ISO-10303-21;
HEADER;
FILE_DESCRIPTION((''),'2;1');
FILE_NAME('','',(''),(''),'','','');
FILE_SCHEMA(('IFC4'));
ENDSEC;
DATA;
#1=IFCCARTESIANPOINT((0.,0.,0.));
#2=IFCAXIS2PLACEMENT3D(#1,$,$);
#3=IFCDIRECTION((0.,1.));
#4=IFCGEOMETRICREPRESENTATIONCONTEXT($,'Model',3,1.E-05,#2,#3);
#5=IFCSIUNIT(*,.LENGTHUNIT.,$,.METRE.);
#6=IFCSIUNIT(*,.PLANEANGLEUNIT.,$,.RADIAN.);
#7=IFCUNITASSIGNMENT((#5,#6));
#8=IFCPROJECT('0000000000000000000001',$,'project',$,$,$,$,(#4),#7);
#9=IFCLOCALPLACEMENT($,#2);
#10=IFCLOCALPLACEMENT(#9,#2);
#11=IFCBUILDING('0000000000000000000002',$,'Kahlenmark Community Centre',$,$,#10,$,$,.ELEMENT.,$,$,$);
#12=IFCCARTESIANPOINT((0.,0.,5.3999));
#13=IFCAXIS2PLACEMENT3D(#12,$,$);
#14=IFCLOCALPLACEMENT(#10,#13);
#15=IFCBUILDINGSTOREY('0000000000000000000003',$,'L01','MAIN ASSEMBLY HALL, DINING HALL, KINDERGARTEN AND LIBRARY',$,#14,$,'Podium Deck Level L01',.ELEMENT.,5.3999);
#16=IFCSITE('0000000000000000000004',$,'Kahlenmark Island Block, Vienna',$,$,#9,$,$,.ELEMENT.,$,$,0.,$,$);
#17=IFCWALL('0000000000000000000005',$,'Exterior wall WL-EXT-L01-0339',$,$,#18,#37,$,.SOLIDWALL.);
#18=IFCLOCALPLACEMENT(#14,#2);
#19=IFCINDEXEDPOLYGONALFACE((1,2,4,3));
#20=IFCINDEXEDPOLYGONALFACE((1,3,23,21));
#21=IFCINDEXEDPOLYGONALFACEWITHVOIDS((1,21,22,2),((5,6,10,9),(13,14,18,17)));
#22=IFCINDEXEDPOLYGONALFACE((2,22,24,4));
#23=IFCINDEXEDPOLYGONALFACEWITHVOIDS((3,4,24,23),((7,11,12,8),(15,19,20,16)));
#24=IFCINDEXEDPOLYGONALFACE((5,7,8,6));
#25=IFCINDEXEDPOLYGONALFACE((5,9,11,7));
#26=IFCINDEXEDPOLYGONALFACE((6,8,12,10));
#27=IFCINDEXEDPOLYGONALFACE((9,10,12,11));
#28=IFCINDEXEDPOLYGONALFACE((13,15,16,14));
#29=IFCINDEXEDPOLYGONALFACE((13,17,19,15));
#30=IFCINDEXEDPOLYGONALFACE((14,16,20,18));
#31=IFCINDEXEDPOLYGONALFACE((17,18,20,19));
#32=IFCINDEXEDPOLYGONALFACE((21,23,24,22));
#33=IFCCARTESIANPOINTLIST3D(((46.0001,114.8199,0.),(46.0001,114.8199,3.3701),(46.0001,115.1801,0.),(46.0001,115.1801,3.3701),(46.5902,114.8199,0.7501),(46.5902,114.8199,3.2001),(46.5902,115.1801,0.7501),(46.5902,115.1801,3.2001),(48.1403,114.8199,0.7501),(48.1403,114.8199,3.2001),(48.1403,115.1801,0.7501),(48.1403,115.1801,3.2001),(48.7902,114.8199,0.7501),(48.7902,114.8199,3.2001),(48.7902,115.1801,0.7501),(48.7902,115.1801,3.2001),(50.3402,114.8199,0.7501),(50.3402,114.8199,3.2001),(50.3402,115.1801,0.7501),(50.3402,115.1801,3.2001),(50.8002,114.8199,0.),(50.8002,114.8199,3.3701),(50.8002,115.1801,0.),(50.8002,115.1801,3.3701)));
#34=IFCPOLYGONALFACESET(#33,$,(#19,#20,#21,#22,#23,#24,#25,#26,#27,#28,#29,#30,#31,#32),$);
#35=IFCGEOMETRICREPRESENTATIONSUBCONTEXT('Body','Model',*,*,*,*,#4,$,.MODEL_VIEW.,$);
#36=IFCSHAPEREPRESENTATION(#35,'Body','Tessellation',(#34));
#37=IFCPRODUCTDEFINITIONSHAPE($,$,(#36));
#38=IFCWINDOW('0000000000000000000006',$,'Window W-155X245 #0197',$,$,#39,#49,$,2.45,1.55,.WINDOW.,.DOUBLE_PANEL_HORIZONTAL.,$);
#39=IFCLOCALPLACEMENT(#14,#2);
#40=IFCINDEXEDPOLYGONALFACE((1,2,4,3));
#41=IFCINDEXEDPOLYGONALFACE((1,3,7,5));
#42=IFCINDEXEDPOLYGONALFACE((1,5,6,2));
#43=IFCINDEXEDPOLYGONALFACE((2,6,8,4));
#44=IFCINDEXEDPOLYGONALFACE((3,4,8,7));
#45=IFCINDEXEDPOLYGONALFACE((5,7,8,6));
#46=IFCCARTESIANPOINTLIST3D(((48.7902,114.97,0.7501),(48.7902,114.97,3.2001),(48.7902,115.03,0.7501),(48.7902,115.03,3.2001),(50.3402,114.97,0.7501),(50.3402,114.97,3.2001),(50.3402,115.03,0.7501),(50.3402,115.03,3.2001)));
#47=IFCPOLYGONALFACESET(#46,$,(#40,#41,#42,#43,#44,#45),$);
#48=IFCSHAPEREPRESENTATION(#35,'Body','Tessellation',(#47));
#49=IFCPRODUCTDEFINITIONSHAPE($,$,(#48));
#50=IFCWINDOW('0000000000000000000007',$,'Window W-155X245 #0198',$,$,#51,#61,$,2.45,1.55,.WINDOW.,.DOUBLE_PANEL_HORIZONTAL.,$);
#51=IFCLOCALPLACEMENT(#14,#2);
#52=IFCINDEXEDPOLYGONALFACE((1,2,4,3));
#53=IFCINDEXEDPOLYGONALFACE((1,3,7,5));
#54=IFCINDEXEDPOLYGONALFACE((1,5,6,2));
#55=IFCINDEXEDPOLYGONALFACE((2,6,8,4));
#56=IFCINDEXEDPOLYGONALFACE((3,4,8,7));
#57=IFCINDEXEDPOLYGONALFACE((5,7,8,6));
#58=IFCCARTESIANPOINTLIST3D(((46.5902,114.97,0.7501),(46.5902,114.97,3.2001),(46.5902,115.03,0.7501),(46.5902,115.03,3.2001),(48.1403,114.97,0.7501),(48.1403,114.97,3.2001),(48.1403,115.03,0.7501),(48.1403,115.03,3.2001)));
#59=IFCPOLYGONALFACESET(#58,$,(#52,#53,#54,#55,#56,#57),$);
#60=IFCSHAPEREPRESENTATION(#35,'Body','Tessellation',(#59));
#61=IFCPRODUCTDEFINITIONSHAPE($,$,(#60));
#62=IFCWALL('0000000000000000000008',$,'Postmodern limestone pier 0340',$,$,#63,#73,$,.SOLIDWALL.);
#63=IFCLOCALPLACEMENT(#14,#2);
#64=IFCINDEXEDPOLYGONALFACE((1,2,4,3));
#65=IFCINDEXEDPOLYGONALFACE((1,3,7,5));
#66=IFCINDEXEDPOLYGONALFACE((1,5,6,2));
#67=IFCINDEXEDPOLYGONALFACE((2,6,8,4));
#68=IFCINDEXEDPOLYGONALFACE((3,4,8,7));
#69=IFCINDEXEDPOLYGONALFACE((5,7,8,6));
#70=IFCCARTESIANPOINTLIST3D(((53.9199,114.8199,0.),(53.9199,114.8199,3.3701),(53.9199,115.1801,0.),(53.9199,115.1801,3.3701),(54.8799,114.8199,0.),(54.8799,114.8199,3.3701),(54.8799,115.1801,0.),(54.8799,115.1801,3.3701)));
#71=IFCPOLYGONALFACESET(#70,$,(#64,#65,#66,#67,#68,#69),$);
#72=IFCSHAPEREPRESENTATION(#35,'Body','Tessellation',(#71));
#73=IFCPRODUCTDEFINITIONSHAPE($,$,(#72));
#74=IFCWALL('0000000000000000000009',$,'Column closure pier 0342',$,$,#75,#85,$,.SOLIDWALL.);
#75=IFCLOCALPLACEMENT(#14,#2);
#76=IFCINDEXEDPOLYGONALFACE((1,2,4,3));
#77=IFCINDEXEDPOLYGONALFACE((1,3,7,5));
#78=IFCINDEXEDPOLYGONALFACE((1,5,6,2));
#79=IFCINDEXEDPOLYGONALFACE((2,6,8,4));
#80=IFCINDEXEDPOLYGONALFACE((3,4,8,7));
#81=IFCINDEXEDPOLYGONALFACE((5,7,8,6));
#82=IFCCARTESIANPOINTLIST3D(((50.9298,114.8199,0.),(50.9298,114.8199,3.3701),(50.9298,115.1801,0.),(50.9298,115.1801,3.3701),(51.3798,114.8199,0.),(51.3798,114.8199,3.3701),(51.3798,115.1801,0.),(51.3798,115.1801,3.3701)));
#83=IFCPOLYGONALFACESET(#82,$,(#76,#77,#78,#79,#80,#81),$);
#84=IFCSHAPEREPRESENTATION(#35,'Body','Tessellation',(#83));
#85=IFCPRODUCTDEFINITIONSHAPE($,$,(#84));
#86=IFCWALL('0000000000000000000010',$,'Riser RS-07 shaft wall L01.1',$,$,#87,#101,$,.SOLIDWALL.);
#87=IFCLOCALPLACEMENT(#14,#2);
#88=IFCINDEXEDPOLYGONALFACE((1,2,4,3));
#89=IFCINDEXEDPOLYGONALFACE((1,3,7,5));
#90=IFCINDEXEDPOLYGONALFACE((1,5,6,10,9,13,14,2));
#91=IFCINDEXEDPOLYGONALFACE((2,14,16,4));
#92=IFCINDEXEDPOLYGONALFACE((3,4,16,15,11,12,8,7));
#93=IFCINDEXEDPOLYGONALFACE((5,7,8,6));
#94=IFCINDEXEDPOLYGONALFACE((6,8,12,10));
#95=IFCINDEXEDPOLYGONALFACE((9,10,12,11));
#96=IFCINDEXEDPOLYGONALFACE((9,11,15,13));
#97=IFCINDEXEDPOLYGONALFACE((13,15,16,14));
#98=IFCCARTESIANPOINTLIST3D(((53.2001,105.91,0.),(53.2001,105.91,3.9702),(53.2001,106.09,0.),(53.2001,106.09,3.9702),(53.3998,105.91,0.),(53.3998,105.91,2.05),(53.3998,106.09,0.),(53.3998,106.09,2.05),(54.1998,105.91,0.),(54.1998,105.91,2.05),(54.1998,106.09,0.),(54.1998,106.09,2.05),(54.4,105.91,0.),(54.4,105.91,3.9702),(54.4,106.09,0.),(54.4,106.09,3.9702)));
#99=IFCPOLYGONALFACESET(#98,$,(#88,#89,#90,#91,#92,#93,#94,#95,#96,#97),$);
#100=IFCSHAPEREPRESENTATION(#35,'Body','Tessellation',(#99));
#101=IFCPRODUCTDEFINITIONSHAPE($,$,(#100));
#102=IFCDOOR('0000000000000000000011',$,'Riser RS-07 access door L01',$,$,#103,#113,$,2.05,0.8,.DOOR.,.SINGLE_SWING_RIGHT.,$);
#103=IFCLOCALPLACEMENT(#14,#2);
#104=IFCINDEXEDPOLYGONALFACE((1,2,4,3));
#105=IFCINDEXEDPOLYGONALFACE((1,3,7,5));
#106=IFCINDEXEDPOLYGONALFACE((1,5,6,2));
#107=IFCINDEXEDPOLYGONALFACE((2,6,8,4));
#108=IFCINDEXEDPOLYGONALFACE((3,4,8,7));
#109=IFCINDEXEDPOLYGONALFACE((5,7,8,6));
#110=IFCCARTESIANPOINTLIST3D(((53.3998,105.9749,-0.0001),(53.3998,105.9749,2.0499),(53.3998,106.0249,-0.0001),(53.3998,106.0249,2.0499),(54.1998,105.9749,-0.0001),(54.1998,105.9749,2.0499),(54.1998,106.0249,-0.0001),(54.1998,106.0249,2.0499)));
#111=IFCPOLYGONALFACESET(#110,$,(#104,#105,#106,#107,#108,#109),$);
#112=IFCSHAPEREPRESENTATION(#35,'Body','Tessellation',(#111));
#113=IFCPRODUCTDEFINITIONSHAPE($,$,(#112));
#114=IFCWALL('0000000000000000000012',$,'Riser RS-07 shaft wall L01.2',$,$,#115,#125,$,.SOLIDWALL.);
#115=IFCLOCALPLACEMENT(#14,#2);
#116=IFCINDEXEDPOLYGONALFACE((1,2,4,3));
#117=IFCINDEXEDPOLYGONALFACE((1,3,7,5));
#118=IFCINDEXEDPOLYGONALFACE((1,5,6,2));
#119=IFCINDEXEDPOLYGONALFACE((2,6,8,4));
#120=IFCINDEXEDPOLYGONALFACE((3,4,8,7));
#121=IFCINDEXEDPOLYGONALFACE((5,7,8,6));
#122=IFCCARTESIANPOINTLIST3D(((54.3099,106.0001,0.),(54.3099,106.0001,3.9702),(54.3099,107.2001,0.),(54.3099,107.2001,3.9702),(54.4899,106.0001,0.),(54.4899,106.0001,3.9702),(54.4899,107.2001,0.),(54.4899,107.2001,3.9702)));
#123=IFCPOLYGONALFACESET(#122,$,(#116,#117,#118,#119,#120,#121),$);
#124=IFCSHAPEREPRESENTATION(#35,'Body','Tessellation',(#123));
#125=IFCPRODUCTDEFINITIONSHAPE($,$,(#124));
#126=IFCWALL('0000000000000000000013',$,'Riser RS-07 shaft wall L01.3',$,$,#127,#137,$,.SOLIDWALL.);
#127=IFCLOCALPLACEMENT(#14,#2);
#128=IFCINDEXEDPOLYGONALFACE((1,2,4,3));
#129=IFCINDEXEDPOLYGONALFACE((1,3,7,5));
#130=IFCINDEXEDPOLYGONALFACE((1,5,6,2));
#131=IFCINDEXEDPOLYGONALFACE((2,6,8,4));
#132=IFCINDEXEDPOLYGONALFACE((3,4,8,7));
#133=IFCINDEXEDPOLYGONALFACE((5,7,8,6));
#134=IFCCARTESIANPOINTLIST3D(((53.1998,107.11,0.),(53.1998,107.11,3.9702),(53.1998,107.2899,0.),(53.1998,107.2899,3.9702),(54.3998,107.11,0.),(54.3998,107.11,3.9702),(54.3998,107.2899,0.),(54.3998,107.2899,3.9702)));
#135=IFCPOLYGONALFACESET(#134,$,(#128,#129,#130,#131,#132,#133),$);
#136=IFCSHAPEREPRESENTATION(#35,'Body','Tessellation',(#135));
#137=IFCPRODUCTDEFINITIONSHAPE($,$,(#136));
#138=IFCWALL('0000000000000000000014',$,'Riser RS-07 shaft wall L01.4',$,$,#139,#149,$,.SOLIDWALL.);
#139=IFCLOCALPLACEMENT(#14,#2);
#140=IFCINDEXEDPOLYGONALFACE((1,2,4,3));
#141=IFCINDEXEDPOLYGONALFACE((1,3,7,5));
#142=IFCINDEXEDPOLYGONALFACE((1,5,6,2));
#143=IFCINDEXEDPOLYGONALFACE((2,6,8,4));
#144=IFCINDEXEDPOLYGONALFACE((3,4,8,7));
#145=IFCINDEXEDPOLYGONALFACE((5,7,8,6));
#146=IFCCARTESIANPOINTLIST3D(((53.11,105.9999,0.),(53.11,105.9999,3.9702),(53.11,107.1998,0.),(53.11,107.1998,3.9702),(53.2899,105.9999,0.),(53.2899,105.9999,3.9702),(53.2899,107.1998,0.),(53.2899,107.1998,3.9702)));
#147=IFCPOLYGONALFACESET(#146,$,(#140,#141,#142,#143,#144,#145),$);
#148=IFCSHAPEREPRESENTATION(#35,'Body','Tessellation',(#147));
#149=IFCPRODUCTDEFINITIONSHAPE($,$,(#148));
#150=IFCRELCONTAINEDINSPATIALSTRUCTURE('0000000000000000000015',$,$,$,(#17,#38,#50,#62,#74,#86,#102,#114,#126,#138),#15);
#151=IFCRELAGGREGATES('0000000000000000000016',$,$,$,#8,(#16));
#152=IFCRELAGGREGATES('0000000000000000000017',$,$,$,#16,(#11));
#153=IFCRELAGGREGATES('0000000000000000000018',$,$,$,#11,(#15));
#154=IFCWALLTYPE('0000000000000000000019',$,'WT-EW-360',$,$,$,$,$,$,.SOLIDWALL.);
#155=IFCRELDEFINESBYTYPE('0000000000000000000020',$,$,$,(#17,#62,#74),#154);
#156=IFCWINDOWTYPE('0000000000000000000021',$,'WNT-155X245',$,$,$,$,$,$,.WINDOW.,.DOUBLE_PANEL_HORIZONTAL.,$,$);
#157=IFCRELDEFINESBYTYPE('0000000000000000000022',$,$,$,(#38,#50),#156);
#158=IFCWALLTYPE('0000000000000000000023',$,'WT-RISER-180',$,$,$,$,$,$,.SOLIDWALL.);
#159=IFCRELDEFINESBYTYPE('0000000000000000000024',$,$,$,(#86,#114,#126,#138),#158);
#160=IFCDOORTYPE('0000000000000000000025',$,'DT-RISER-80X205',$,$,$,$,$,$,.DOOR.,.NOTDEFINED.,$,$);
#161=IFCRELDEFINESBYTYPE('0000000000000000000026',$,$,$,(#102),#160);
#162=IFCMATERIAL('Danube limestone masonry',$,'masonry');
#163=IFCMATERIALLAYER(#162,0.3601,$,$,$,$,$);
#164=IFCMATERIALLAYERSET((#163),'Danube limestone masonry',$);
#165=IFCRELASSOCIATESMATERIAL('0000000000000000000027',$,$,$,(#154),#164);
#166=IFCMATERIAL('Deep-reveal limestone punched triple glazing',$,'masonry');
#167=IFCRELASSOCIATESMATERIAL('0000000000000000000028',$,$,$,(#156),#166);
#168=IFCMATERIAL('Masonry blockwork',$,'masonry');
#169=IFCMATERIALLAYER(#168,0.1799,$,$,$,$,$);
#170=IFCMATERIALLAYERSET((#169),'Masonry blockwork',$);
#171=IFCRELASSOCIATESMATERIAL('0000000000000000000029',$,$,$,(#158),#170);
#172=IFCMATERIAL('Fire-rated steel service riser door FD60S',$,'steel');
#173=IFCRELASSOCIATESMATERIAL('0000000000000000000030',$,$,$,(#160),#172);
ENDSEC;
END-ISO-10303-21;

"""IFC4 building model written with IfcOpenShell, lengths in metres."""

from ifc_helpers import new_model, si_unit, direction, frame, frame_2d, origin, place, context, subcontext, project, spatial, rectangle, extrude, material, layer, layer_set, type_object, element, fill, save


model = new_model("IFC4")

# Units and contexts
model_context = context("Model", 3, precision=1e-05, world=origin(), true_north=direction((0.0, 1.0)))
body_context = subcontext(model_context, "Body", "Model", "MODEL_VIEW")
ifc_project = project(units=[si_unit("LENGTHUNIT", "METRE"), si_unit("PLANEANGLEUNIT", "RADIAN")], contexts=[model_context])

# Site, building, storey
site_placement = place(None, origin())
site = spatial("IfcSite", under=ifc_project, at=site_placement, Name="Kahlenmark Island Block, Vienna", CompositionType="ELEMENT", RefElevation=0.0)
building_placement = place(site_placement, origin())
building = spatial("IfcBuilding", under=site, at=building_placement, Name="Kahlenmark Community Centre", CompositionType="ELEMENT")
storey_placement = place(building_placement, frame((0.0, 0.0, 5.3999)))
storey = spatial("IfcBuildingStorey", under=building, at=storey_placement, Name="L01", Description="MAIN ASSEMBLY HALL, DINING HALL, KINDERGARTEN AND LIBRARY", LongName="Podium Deck Level L01", CompositionType="ELEMENT", Elevation=5.3999)

# Wall, openings, windows
ifc_material_1 = material(Name="Danube limestone masonry", Category="masonry")
ifc_layer_1 = layer(ifc_material_1, 0.3601)
ifc_layer_set_1 = layer_set([ifc_layer_1], Name="Danube limestone masonry")
wall_type_1 = type_object("IfcWallType", Name="WT-EW-360", PredefinedType="SOLIDWALL", material=ifc_layer_set_1)
wall_1_placement = place(storey_placement, frame((50.8, 115.0, 0.0), z_axis=(0.0, 0.0, 1.0), x_axis=(-1.0, 0.0, 0.0)))
wall_1 = element("IfcWall", 1, at=wall_1_placement, inside=storey, type_object=wall_type_1, Name="Exterior wall WL-EXT-L01-0339", PredefinedType="SOLIDWALL", context=body_context, shape_type="SweptSolid", body=[
    extrude(rectangle(XDim=4.8, YDim=0.3601, at=frame_2d((2.3999, 0.0))), origin(), (0.0, 0.0, 1.0), 3.3701),
])
opening_1_placement = place(wall_1_placement, frame((0.46, 0.0, 0.75)))
opening_1 = element("IfcOpeningElement", 2, at=opening_1_placement, cuts=wall_1, PredefinedType="OPENING", context=body_context, shape_type="SweptSolid", body=[
    extrude(rectangle(XDim=1.55, YDim=2.45, at=frame_2d((0.7749, 1.2251))), frame((0.0, 0.1899, 0.0), z_axis=(0.0, -1.0, 0.0), x_axis=(1.0, 0.0, 0.0)), (0.0, 0.0, 1.0), 0.3801),
])
opening_2_placement = place(wall_1_placement, frame((2.6599, 0.0, 0.75)))
opening_2 = element("IfcOpeningElement", 3, at=opening_2_placement, cuts=wall_1, PredefinedType="OPENING", context=body_context, shape_type="SweptSolid", body=[
    extrude(rectangle(XDim=1.55, YDim=2.45, at=frame_2d((0.7749, 1.2251))), frame((0.0, 0.1899, 0.0), z_axis=(0.0, -1.0, 0.0), x_axis=(1.0, 0.0, 0.0)), (0.0, 0.0, 1.0), 0.3801),
])
ifc_material_2 = material(Name="Deep-reveal limestone punched triple glazing", Category="masonry")
window_type = type_object("IfcWindowType", Name="WNT-155X245", PartitioningType="DOUBLE_PANEL_HORIZONTAL", PredefinedType="WINDOW", material=ifc_material_2)
window_1_placement = place(opening_1_placement, origin())
window_1 = element("IfcWindow", 4, at=window_1_placement, inside=storey, type_object=window_type, Name="Window W-155X245 #0197", OverallHeight=2.45, OverallWidth=1.55, PartitioningType="DOUBLE_PANEL_HORIZONTAL", PredefinedType="WINDOW", context=body_context, shape_type="SweptSolid", body=[
    extrude(rectangle(XDim=1.55, YDim=2.45, at=frame_2d((0.7749, 1.2251))), frame((0.0, 0.03, 0.0), z_axis=(0.0, -1.0, 0.0), x_axis=(1.0, 0.0, 0.0)), (0.0, 0.0, 1.0), 0.0601),
])
fill(opening_1, window_1)
window_2_placement = place(opening_2_placement, origin())
window_2 = element("IfcWindow", 5, at=window_2_placement, inside=storey, type_object=window_type, Name="Window W-155X245 #0198", OverallHeight=2.45, OverallWidth=1.55, PartitioningType="DOUBLE_PANEL_HORIZONTAL", PredefinedType="WINDOW", context=body_context, shape_type="SweptSolid", body=[
    extrude(rectangle(XDim=1.55, YDim=2.45, at=frame_2d((0.7749, 1.2251))), frame((0.0, 0.03, 0.0), z_axis=(0.0, -1.0, 0.0), x_axis=(1.0, 0.0, 0.0)), (0.0, 0.0, 1.0), 0.0601),
])
fill(opening_2, window_2)

# Walls
wall_2_placement = place(storey_placement, frame((54.8799, 115.0, 0.0), z_axis=(0.0, 0.0, 1.0), x_axis=(-1.0, 0.0, 0.0)))
element("IfcWall", 6, at=wall_2_placement, inside=storey, type_object=wall_type_1, Name="Postmodern limestone pier 0340", PredefinedType="SOLIDWALL", context=body_context, shape_type="SweptSolid", body=[
    extrude(rectangle(XDim=0.96, YDim=0.3601, at=frame_2d((0.48, 0.0))), origin(), (0.0, 0.0, 1.0), 3.3701),
])
wall_3_placement = place(storey_placement, frame((51.3799, 115.0, 0.0), z_axis=(0.0, 0.0, 1.0), x_axis=(-1.0, 0.0, 0.0)))
element("IfcWall", 7, at=wall_3_placement, inside=storey, type_object=wall_type_1, Name="Column closure pier 0342", PredefinedType="SOLIDWALL", context=body_context, shape_type="SweptSolid", body=[
    extrude(rectangle(XDim=0.45, YDim=0.3601, at=frame_2d((0.2251, 0.0))), origin(), (0.0, 0.0, 1.0), 3.3701),
])

# Wall, opening, door
ifc_material_3 = material(Name="Masonry blockwork", Category="masonry")
ifc_layer_2 = layer(ifc_material_3, 0.1799)
ifc_layer_set_2 = layer_set([ifc_layer_2], Name="Masonry blockwork")
wall_type_2 = type_object("IfcWallType", Name="WT-RISER-180", PredefinedType="SOLIDWALL", material=ifc_layer_set_2)
wall_4_placement = place(storey_placement, frame((53.2, 106.0, 0.0), z_axis=(0.0, 0.0, 1.0), x_axis=(1.0, 0.0, 0.0)))
wall_4 = element("IfcWall", 8, at=wall_4_placement, inside=storey, type_object=wall_type_2, Name="Riser RS-07 shaft wall L01.1", PredefinedType="SOLIDWALL", context=body_context, shape_type="SweptSolid", body=[
    extrude(rectangle(XDim=1.2, YDim=0.1799, at=frame_2d((0.6001, 0.0))), origin(), (0.0, 0.0, 1.0), 3.9702),
])
opening_3_placement = place(wall_4_placement, frame((0.2, 0.0, -0.01)))
opening_3 = element("IfcOpeningElement", 9, at=opening_3_placement, cuts=wall_4, PredefinedType="OPENING", context=body_context, shape_type="SweptSolid", body=[
    extrude(rectangle(XDim=0.8, YDim=2.0601, at=frame_2d((0.3999, 1.03))), frame((0.0, 0.0999, 0.0), z_axis=(0.0, -1.0, 0.0), x_axis=(1.0, 0.0, 0.0)), (0.0, 0.0, 1.0), 0.2),
])
ifc_material_4 = material(Name="Fire-rated steel service riser door FD60S", Category="steel")
door_type = type_object("IfcDoorType", Name="DT-RISER-80X205", OperationType="NOTDEFINED", PredefinedType="DOOR", material=ifc_material_4)
door_placement = place(opening_3_placement, frame((0.0, 0.0, 0.01)))
door = element("IfcDoor", 10, at=door_placement, inside=storey, type_object=door_type, Name="Riser RS-07 access door L01", OperationType="SINGLE_SWING_RIGHT", OverallHeight=2.05, OverallWidth=0.8, PredefinedType="DOOR", context=body_context, shape_type="SweptSolid", body=[
    extrude(rectangle(XDim=0.8, YDim=2.05, at=frame_2d((0.3999, 1.0249))), frame((0.0, 0.0249, 0.0), z_axis=(0.0, -1.0, 0.0), x_axis=(1.0, 0.0, 0.0)), (0.0, 0.0, 1.0), 0.05),
])
fill(opening_3, door)

# Walls
for number, where, z_axis, x_axis, name in (
    (11, (54.3999, 106.0, 0.0), (0.0, 0.0, 1.0), (0.0, 1.0, 0.0), "Riser RS-07 shaft wall L01.2"),
    (12, (54.3999, 107.2, 0.0), (0.0, 0.0, 1.0), (-1.0, 0.0, 0.0), "Riser RS-07 shaft wall L01.3"),
    (13, (53.2, 107.2, 0.0), (0.0, 0.0, 1.0), (0.0, -1.0, 0.0), "Riser RS-07 shaft wall L01.4"),
):
    element("IfcWall", number, at=place(storey_placement, frame(where, z_axis=z_axis, x_axis=x_axis)), inside=storey, type_object=wall_type_2, Name=name, PredefinedType="SOLIDWALL", context=body_context, shape_type="SweptSolid", body=[
        extrude(rectangle(XDim=1.2, YDim=0.1799, at=frame_2d((0.6001, 0.0))), origin(), (0.0, 0.0, 1.0), 3.9702),
    ])

save(model, "model.ifc")
